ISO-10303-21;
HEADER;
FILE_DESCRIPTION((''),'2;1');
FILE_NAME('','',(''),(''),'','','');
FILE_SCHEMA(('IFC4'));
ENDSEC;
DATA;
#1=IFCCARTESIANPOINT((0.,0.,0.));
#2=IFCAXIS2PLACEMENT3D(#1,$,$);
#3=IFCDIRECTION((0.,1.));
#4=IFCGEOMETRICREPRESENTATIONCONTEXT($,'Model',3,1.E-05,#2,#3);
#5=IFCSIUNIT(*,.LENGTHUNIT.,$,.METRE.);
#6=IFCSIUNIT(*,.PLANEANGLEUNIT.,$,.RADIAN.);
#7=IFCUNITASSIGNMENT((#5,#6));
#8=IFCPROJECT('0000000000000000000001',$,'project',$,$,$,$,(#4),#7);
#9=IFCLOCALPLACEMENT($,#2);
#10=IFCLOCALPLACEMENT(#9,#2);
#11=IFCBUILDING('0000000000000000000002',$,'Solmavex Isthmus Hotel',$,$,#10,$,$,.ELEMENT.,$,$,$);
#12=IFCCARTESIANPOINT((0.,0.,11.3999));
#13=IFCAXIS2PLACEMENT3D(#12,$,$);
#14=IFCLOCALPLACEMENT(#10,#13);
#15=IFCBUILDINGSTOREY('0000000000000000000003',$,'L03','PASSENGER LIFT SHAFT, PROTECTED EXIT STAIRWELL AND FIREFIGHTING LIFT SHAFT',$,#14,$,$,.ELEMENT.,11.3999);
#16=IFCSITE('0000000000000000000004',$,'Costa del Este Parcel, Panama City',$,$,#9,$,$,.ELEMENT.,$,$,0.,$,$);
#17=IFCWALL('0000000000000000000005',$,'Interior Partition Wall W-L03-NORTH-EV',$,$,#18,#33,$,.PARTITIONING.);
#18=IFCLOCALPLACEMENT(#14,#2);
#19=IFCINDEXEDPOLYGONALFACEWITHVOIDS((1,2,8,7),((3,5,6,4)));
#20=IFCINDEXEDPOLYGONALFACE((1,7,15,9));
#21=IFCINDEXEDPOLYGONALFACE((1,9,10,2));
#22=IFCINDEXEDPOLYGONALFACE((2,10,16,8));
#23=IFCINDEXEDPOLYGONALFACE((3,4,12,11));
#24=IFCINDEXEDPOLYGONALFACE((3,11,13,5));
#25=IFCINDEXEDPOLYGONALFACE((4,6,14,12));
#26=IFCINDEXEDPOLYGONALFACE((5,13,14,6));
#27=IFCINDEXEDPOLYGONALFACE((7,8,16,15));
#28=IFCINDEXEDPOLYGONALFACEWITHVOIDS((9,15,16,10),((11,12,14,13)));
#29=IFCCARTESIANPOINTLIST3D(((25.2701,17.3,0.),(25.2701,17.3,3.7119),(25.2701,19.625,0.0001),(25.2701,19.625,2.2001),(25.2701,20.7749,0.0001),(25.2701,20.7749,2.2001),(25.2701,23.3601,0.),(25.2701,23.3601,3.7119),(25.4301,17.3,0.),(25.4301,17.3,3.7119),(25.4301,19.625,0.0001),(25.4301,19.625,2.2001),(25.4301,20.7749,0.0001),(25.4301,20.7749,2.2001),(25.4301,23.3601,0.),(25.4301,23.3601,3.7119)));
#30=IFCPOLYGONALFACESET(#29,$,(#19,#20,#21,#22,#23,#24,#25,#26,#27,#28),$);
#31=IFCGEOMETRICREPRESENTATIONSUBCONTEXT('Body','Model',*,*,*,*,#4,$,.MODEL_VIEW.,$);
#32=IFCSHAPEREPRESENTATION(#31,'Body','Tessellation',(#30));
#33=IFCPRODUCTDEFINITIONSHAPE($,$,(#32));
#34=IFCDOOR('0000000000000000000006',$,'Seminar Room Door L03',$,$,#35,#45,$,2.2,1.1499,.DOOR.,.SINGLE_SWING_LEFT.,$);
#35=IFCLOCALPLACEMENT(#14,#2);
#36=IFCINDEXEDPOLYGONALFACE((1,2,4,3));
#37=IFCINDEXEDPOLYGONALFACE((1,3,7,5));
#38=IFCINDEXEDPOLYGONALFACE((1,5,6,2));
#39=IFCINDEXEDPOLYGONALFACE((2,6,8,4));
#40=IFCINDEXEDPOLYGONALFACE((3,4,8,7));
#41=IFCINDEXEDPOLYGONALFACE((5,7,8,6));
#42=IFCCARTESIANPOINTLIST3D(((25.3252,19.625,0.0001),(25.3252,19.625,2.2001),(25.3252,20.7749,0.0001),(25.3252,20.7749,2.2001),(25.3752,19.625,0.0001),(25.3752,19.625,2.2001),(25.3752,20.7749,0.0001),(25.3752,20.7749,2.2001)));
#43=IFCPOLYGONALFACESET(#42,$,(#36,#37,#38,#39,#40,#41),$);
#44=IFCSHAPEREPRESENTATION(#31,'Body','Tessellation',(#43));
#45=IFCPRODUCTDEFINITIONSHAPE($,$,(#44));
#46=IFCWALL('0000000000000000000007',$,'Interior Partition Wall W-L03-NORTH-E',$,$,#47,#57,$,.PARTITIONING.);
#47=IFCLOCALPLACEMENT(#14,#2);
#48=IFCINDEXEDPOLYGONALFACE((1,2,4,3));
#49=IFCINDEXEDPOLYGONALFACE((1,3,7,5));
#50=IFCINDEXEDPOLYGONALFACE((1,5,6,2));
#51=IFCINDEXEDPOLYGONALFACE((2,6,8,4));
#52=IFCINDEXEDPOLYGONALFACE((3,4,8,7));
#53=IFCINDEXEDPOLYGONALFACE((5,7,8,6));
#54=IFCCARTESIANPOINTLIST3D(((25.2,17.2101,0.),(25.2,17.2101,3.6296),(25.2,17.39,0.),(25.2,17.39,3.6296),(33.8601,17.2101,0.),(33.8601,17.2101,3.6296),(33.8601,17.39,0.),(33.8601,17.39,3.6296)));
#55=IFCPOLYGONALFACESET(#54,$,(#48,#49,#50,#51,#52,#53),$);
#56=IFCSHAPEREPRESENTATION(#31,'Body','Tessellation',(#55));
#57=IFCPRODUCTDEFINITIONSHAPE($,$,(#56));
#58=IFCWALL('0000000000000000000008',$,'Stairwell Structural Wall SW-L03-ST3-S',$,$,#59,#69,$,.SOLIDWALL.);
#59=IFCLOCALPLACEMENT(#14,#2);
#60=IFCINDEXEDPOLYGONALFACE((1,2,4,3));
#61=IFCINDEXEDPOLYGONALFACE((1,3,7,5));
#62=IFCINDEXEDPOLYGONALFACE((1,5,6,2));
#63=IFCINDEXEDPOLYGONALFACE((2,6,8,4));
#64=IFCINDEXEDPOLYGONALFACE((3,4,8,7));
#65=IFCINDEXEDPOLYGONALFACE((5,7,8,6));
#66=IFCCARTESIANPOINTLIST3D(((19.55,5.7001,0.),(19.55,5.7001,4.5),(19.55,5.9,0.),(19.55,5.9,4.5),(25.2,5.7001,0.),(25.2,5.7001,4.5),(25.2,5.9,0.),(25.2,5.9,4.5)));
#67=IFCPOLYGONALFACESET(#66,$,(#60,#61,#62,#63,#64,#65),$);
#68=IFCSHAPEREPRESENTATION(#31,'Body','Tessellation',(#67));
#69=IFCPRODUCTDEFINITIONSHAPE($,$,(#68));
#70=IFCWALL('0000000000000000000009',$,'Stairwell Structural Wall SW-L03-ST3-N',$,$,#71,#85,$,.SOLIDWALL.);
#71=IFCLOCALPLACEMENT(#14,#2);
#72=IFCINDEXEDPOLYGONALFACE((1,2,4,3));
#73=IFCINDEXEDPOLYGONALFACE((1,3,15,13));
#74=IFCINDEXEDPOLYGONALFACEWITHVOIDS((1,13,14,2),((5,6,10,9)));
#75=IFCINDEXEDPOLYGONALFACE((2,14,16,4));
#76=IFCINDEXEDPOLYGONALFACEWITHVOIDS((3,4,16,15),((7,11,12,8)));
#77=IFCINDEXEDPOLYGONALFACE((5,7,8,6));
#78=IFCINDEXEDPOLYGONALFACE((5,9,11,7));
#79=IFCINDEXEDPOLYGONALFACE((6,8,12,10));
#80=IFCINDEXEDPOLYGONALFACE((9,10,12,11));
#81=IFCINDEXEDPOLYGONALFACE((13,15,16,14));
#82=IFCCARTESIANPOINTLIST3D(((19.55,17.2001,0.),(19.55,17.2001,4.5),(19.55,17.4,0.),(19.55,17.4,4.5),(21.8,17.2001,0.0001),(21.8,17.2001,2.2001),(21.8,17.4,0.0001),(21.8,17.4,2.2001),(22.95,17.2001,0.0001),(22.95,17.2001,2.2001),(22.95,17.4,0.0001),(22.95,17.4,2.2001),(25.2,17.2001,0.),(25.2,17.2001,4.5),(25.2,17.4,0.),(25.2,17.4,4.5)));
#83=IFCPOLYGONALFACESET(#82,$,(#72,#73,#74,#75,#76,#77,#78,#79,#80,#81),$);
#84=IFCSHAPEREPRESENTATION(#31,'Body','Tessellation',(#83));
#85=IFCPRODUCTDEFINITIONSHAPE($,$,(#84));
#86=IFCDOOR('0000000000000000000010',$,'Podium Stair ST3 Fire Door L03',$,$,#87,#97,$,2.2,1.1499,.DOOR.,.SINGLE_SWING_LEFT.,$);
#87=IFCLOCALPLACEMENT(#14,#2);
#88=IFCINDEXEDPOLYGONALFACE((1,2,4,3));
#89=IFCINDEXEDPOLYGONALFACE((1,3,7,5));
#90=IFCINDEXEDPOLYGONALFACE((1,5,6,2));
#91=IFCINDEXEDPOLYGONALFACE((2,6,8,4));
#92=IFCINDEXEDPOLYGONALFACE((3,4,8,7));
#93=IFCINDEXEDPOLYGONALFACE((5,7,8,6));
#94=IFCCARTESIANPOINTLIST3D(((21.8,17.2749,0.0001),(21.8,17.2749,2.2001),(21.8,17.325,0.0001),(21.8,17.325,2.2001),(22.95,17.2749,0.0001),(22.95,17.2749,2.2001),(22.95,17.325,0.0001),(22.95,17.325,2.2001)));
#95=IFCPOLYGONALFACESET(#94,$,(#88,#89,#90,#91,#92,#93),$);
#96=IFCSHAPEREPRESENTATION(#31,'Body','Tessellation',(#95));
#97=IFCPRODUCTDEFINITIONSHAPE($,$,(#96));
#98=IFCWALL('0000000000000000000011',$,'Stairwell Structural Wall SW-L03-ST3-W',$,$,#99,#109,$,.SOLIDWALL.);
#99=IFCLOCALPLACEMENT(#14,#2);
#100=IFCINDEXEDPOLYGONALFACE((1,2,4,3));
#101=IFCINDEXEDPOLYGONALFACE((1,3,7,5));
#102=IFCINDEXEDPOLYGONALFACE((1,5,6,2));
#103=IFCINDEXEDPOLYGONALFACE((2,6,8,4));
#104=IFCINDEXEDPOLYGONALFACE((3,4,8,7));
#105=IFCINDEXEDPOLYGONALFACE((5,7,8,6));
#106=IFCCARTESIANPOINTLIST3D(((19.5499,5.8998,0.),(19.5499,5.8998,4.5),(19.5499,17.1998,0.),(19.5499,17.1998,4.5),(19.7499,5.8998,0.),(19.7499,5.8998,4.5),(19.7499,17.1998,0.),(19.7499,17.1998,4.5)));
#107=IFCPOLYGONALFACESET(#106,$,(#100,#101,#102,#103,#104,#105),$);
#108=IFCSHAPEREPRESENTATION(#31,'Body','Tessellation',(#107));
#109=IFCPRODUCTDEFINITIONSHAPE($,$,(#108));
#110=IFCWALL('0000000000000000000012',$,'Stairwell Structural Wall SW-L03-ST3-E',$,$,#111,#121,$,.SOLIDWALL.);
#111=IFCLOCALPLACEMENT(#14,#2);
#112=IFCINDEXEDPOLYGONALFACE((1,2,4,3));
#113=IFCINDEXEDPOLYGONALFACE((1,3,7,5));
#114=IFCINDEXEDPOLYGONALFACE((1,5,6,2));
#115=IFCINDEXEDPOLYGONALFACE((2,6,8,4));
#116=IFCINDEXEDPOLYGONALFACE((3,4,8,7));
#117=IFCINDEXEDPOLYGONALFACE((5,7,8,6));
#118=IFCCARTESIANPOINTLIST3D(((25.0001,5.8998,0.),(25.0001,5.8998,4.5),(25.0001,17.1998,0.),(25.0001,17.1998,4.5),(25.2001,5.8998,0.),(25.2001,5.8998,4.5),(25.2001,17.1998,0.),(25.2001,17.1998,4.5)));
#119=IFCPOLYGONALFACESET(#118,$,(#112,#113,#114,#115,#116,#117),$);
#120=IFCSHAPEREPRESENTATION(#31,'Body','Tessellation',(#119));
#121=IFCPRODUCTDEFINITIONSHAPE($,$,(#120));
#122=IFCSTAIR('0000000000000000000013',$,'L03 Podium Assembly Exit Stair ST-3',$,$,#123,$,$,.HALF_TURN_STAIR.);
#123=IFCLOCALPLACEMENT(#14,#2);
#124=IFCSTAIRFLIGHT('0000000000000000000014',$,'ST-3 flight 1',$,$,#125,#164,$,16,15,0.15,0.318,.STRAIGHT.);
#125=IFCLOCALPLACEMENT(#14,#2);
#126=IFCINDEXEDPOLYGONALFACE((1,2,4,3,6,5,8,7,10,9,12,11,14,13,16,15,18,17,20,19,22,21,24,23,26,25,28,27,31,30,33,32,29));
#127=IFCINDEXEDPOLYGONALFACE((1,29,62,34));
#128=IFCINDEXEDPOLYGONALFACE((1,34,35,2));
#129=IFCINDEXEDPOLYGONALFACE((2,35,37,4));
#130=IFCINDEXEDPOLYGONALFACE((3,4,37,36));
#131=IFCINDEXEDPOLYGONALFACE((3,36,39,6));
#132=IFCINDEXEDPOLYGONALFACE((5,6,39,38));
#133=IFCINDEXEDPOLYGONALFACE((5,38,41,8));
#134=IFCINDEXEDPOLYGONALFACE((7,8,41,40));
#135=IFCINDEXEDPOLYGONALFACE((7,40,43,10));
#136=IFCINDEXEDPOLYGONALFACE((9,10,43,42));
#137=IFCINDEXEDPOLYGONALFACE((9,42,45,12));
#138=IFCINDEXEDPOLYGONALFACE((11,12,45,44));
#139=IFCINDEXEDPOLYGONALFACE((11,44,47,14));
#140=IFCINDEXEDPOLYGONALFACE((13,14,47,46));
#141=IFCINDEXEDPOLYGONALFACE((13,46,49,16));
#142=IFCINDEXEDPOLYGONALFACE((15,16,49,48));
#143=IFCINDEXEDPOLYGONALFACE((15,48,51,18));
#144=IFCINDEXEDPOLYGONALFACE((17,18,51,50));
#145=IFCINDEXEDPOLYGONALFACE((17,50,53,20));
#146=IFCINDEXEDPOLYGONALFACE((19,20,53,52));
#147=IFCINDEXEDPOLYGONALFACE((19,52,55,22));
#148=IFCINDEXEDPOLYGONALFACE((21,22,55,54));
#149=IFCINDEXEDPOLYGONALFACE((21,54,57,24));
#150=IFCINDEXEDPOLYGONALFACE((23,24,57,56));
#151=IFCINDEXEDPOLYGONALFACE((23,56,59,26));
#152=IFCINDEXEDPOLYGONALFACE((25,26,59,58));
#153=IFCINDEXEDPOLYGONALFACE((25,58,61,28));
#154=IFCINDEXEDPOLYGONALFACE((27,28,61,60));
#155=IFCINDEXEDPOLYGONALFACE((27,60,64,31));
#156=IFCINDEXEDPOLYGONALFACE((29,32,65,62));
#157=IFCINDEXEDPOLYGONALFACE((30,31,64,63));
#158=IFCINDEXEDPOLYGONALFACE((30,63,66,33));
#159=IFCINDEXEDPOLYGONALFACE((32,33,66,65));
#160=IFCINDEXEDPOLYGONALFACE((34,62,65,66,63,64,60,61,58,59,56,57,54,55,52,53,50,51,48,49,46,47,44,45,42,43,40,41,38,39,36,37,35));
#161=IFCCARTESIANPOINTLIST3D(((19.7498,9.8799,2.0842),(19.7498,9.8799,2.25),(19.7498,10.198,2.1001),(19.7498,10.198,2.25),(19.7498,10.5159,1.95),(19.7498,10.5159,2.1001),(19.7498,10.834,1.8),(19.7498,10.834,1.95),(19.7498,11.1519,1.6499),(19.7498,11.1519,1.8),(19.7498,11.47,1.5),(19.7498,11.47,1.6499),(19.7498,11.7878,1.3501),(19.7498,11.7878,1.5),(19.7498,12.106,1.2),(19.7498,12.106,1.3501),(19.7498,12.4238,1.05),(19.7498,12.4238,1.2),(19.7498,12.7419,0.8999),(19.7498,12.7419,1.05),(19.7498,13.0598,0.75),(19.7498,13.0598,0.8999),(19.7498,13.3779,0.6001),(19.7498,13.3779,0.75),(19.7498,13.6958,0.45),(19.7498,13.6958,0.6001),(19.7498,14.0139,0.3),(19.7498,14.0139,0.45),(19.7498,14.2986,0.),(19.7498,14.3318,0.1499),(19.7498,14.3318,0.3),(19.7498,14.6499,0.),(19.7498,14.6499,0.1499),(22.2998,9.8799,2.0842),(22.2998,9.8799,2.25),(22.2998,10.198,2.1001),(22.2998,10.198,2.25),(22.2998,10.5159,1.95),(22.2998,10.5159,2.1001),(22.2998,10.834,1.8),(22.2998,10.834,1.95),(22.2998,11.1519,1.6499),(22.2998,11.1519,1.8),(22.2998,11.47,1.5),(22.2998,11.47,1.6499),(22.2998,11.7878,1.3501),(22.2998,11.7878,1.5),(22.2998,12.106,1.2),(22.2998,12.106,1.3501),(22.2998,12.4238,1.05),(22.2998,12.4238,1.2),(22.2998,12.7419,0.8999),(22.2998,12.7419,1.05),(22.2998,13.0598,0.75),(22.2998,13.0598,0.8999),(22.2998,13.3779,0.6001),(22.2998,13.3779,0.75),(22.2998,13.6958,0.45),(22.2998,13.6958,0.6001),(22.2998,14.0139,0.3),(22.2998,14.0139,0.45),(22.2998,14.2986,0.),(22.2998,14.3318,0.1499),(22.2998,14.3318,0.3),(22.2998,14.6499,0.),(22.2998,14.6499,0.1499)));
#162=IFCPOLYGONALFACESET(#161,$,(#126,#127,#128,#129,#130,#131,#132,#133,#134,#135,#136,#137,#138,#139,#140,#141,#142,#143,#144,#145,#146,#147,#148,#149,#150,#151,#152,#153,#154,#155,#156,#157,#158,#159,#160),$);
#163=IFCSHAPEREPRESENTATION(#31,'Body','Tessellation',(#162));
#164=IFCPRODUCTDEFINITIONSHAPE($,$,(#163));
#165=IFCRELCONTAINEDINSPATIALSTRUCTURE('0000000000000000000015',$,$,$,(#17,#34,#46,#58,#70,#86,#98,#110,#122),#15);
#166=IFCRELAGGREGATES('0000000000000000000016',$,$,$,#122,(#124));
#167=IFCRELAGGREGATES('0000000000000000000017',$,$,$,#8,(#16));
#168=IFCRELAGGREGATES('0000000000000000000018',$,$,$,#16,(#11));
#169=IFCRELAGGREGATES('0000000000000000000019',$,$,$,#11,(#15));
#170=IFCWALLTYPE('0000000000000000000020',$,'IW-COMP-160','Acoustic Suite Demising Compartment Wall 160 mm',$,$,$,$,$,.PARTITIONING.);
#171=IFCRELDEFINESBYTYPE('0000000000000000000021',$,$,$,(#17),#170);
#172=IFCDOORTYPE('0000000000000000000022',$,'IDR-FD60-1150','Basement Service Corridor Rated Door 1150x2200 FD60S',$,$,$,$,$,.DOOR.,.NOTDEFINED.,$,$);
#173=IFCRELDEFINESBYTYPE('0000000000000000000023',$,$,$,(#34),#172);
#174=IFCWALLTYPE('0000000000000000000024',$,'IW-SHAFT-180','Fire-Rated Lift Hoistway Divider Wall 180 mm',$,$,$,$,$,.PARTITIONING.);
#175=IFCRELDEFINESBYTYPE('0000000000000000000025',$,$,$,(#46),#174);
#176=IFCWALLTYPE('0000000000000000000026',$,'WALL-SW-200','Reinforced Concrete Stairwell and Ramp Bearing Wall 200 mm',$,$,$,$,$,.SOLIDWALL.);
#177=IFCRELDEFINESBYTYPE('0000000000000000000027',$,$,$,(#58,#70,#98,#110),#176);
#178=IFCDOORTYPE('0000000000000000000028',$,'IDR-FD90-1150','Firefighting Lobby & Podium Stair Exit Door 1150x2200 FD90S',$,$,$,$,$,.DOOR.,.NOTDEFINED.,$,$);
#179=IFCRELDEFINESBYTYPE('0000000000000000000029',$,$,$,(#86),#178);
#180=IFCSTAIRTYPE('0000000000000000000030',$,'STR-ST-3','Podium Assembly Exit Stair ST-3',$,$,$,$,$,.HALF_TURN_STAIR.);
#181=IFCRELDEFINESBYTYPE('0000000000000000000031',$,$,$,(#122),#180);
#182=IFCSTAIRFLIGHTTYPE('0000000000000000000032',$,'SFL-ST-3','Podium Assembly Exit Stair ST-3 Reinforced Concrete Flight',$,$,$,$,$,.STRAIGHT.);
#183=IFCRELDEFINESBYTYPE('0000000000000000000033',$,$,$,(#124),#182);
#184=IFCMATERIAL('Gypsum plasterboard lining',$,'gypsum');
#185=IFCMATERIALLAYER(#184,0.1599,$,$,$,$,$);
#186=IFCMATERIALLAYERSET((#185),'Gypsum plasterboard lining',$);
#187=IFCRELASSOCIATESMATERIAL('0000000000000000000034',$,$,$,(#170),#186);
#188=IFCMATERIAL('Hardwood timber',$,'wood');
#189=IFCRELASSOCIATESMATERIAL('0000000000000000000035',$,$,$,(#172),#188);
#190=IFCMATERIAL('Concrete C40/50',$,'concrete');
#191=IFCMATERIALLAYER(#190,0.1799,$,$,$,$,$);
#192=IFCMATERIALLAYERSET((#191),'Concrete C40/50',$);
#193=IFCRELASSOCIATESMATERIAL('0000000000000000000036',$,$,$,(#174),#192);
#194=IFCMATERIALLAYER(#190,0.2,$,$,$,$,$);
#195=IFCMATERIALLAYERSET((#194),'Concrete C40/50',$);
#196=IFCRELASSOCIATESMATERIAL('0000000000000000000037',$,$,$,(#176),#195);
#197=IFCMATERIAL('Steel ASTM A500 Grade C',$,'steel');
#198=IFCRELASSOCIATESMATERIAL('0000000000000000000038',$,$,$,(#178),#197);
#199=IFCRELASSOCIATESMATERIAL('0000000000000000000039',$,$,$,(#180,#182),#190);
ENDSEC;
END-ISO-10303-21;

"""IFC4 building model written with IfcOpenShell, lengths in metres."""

from ifc_helpers import new_model, si_unit, direction, frame, frame_2d, origin, place, context, subcontext, project, spatial, polyline, rectangle, outline, extrude, material, layer, layer_set, type_object, element, fill, aggregate, save


model = new_model("IFC4")

# Units and contexts
model_context = context("Model", 3, precision=1e-05, world=origin(), true_north=direction((0.0, 1.0)))
body_context = subcontext(model_context, "Body", "Model", "MODEL_VIEW")
ifc_project = project(units=[si_unit("LENGTHUNIT", "METRE"), si_unit("PLANEANGLEUNIT", "RADIAN")], contexts=[model_context])

# Site, building, storey
site_placement = place(None, origin())
site = spatial("IfcSite", under=ifc_project, at=site_placement, Name="Costa del Este Parcel, Panama City", CompositionType="ELEMENT", RefElevation=0.0)
building_placement = place(site_placement, origin())
building = spatial("IfcBuilding", under=site, at=building_placement, Name="Solmavex Isthmus Hotel", CompositionType="ELEMENT")
storey_placement = place(building_placement, frame((0.0, 0.0, 11.3999)))
storey = spatial("IfcBuildingStorey", under=building, at=storey_placement, Name="L03", Description="PASSENGER LIFT SHAFT, PROTECTED EXIT STAIRWELL AND FIREFIGHTING LIFT SHAFT", CompositionType="ELEMENT", Elevation=11.3999)

# Wall, opening, door
ifc_material_1 = material(Name="Gypsum plasterboard lining", Category="gypsum")
ifc_layer_1 = layer(ifc_material_1, 0.1599)
ifc_layer_set_1 = layer_set([ifc_layer_1], Name="Gypsum plasterboard lining")
wall_type_1 = type_object("IfcWallType", Name="IW-COMP-160", Description="Acoustic Suite Demising Compartment Wall 160 mm", PredefinedType="PARTITIONING", material=ifc_layer_set_1)
wall_1_placement = place(storey_placement, frame((25.3501, 17.3, 0.0), z_axis=(0.0, 0.0, 1.0), x_axis=(0.0, 1.0, 0.0)))
wall_1 = element("IfcWall", 1, at=wall_1_placement, inside=storey, type_object=wall_type_1, Name="Interior Partition Wall W-L03-NORTH-EV", PredefinedType="PARTITIONING", context=body_context, shape_type="SweptSolid", body=[
    extrude(rectangle(XDim=6.0601, YDim=0.1599, at=frame_2d((3.03, 0.0))), origin(), (0.0, 0.0, 1.0), 3.7119),
])
opening_1_placement = place(wall_1_placement, frame((2.325, 0.0, 0.0)))
opening_1 = element("IfcOpeningElement", 2, at=opening_1_placement, cuts=wall_1, PredefinedType="OPENING", context=body_context, shape_type="SweptSolid", body=[
    extrude(rectangle(XDim=1.1499, YDim=2.2, at=frame_2d((0.575, 1.1001))), frame((0.0, 0.0898, 0.0), z_axis=(0.0, -1.0, 0.0), x_axis=(1.0, 0.0, 0.0)), (0.0, 0.0, 1.0), 0.1799),
])
ifc_material_2 = material(Name="Hardwood timber", Category="wood")
door_type_1 = type_object("IfcDoorType", Name="IDR-FD60-1150", Description="Basement Service Corridor Rated Door 1150x2200 FD60S", OperationType="NOTDEFINED", PredefinedType="DOOR", material=ifc_material_2)
door_1_placement = place(opening_1_placement, origin())
door_1 = element("IfcDoor", 3, at=door_1_placement, inside=storey, type_object=door_type_1, Name="Seminar Room Door L03", OperationType="SINGLE_SWING_LEFT", OverallHeight=2.2, OverallWidth=1.1499, PredefinedType="DOOR", context=body_context, shape_type="SweptSolid", body=[
    extrude(rectangle(XDim=1.1499, YDim=2.2, at=frame_2d((0.575, 1.1001))), frame((0.0, 0.0249, 0.0), z_axis=(0.0, -1.0, 0.0), x_axis=(1.0, 0.0, 0.0)), (0.0, 0.0, 1.0), 0.05),
])
fill(opening_1, door_1)

# Walls
ifc_material_3 = material(Name="Concrete C40/50", Category="concrete")
ifc_layer_2 = layer(ifc_material_3, 0.1799)
ifc_layer_set_2 = layer_set([ifc_layer_2], Name="Concrete C40/50")
wall_type_2 = type_object("IfcWallType", Name="IW-SHAFT-180", Description="Fire-Rated Lift Hoistway Divider Wall 180 mm", PredefinedType="PARTITIONING", material=ifc_layer_set_2)
wall_2_placement = place(storey_placement, frame((25.2, 17.3, 0.0), z_axis=(0.0, 0.0, 1.0), x_axis=(1.0, 0.0, 0.0)))
element("IfcWall", 4, at=wall_2_placement, inside=storey, type_object=wall_type_2, Name="Interior Partition Wall W-L03-NORTH-E", PredefinedType="PARTITIONING", context=body_context, shape_type="SweptSolid", body=[
    extrude(rectangle(XDim=8.6602, YDim=0.1799, at=frame_2d((4.3301, 0.0))), origin(), (0.0, 0.0, 1.0), 3.6296),
])
ifc_layer_3 = layer(ifc_material_3, 0.2)
ifc_layer_set_3 = layer_set([ifc_layer_3], Name="Concrete C40/50")
wall_type_3 = type_object("IfcWallType", Name="WALL-SW-200", Description="Reinforced Concrete Stairwell and Ramp Bearing Wall 200 mm", PredefinedType="SOLIDWALL", material=ifc_layer_set_3)
wall_3_placement = place(storey_placement, frame((19.55, 5.8, 0.0), z_axis=(0.0, 0.0, 1.0), x_axis=(1.0, 0.0, 0.0)))
element("IfcWall", 5, at=wall_3_placement, inside=storey, type_object=wall_type_3, Name="Stairwell Structural Wall SW-L03-ST3-S", PredefinedType="SOLIDWALL", context=body_context, shape_type="SweptSolid", body=[
    extrude(rectangle(XDim=5.6499, YDim=0.2, at=frame_2d((2.825, 0.0))), origin(), (0.0, 0.0, 1.0), 4.5),
])

# Wall, opening, door
wall_4_placement = place(storey_placement, frame((19.55, 17.3, 0.0), z_axis=(0.0, 0.0, 1.0), x_axis=(1.0, 0.0, 0.0)))
wall_4 = element("IfcWall", 6, at=wall_4_placement, inside=storey, type_object=wall_type_3, Name="Stairwell Structural Wall SW-L03-ST3-N", PredefinedType="SOLIDWALL", context=body_context, shape_type="SweptSolid", body=[
    extrude(rectangle(XDim=5.6499, YDim=0.2, at=frame_2d((2.825, 0.0))), origin(), (0.0, 0.0, 1.0), 4.5),
])
opening_2_placement = place(wall_4_placement, frame((2.25, 0.0, 0.0)))
opening_2 = element("IfcOpeningElement", 7, at=opening_2_placement, cuts=wall_4, PredefinedType="OPENING", context=body_context, shape_type="SweptSolid", body=[
    extrude(rectangle(XDim=1.1499, YDim=2.2, at=frame_2d((0.575, 1.1001))), frame((0.0, 0.1099, 0.0), z_axis=(0.0, -1.0, 0.0), x_axis=(1.0, 0.0, 0.0)), (0.0, 0.0, 1.0), 0.22),
])
ifc_material_4 = material(Name="Steel ASTM A500 Grade C", Category="steel")
door_type_2 = type_object("IfcDoorType", Name="IDR-FD90-1150", Description="Firefighting Lobby & Podium Stair Exit Door 1150x2200 FD90S", OperationType="NOTDEFINED", PredefinedType="DOOR", material=ifc_material_4)
door_2_placement = place(opening_2_placement, origin())
door_2 = element("IfcDoor", 8, at=door_2_placement, inside=storey, type_object=door_type_2, Name="Podium Stair ST3 Fire Door L03", OperationType="SINGLE_SWING_LEFT", OverallHeight=2.2, OverallWidth=1.1499, PredefinedType="DOOR", context=body_context, shape_type="SweptSolid", body=[
    extrude(rectangle(XDim=1.1499, YDim=2.2, at=frame_2d((0.575, 1.1001))), frame((0.0, 0.0249, 0.0), z_axis=(0.0, -1.0, 0.0), x_axis=(1.0, 0.0, 0.0)), (0.0, 0.0, 1.0), 0.05),
])
fill(opening_2, door_2)

# Walls
for number, where, z_axis, x_axis, name in (
    (9, (19.6499, 5.8999, 0.0), (0.0, 0.0, 1.0), (0.0, 1.0, 0.0), "Stairwell Structural Wall SW-L03-ST3-W"),
    (10, (25.1001, 5.8999, 0.0), (0.0, 0.0, 1.0), (0.0, 1.0, 0.0), "Stairwell Structural Wall SW-L03-ST3-E"),
):
    element("IfcWall", number, at=place(storey_placement, frame(where, z_axis=z_axis, x_axis=x_axis)), inside=storey, type_object=wall_type_3, Name=name, PredefinedType="SOLIDWALL", context=body_context, shape_type="SweptSolid", body=[
        extrude(rectangle(XDim=11.3, YDim=0.2, at=frame_2d((5.6499, 0.0))), origin(), (0.0, 0.0, 1.0), 4.5),
    ])

# Stair, stair flight
stair_type = type_object("IfcStairType", Name="STR-ST-3", Description="Podium Assembly Exit Stair ST-3", PredefinedType="HALF_TURN_STAIR", material=ifc_material_3)
stair_placement = place(storey_placement, origin())
stair = element("IfcStair", 11, at=stair_placement, inside=storey, type_object=stair_type, Name="L03 Podium Assembly Exit Stair ST-3", PredefinedType="HALF_TURN_STAIR")
stair_flight_type = type_object("IfcStairFlightType", Name="SFL-ST-3", Description="Podium Assembly Exit Stair ST-3 Reinforced Concrete Flight", PredefinedType="STRAIGHT", material=ifc_material_3)
stair_flight_1_placement = place(storey_placement, frame((21.0249, 14.6499, 0.0), z_axis=(0.0, 0.0, 1.0), x_axis=(0.0, -1.0, 0.0)))
stair_flight_1 = element("IfcStairFlight", 12, at=stair_flight_1_placement, type_object=stair_flight_type, Name="ST-3 flight 1", NumberOfRisers=16, NumberOfTreads=15, PredefinedType="STRAIGHT", RiserHeight=0.15, TreadLength=0.318, context=body_context, shape_type="SweptSolid", body=[
    extrude(outline(polyline([(0.0, 0.0), (0.0, 0.1499), (0.3181, 0.1499), (0.3181, 0.3), (0.636, 0.3), (0.636, 0.45), (0.9541, 0.45), (0.9541, 0.6001), (1.272, 0.6001), (1.272, 0.75), (1.5901, 0.75), (1.5901, 0.8999), (1.908, 0.8999), (1.908, 1.05), (2.2261, 1.05), (2.2261, 1.2), (2.5439, 1.2), (2.5439, 1.3501), (2.8621, 1.3501), (2.8621, 1.5), (3.1799, 1.5), (3.1799, 1.6499), (3.498, 1.6499), (3.498, 1.8), (3.8159, 1.8), (3.8159, 1.95), (4.134, 1.95), (4.134, 2.1001), (4.4519, 2.1001), (4.4519, 2.25), (4.77, 2.25), (4.77, 2.3999), (4.77, 2.0842), (0.3513, 0.0), (0.0, 0.0)])), frame((0.0, 1.2749, 0.0), z_axis=(0.0, -1.0, 0.0), x_axis=(1.0, 0.0, 0.0)), (0.0, 0.0, 1.0), 2.55),
])
aggregate(stair, [stair_flight_1])

save(model, "model.ifc")
